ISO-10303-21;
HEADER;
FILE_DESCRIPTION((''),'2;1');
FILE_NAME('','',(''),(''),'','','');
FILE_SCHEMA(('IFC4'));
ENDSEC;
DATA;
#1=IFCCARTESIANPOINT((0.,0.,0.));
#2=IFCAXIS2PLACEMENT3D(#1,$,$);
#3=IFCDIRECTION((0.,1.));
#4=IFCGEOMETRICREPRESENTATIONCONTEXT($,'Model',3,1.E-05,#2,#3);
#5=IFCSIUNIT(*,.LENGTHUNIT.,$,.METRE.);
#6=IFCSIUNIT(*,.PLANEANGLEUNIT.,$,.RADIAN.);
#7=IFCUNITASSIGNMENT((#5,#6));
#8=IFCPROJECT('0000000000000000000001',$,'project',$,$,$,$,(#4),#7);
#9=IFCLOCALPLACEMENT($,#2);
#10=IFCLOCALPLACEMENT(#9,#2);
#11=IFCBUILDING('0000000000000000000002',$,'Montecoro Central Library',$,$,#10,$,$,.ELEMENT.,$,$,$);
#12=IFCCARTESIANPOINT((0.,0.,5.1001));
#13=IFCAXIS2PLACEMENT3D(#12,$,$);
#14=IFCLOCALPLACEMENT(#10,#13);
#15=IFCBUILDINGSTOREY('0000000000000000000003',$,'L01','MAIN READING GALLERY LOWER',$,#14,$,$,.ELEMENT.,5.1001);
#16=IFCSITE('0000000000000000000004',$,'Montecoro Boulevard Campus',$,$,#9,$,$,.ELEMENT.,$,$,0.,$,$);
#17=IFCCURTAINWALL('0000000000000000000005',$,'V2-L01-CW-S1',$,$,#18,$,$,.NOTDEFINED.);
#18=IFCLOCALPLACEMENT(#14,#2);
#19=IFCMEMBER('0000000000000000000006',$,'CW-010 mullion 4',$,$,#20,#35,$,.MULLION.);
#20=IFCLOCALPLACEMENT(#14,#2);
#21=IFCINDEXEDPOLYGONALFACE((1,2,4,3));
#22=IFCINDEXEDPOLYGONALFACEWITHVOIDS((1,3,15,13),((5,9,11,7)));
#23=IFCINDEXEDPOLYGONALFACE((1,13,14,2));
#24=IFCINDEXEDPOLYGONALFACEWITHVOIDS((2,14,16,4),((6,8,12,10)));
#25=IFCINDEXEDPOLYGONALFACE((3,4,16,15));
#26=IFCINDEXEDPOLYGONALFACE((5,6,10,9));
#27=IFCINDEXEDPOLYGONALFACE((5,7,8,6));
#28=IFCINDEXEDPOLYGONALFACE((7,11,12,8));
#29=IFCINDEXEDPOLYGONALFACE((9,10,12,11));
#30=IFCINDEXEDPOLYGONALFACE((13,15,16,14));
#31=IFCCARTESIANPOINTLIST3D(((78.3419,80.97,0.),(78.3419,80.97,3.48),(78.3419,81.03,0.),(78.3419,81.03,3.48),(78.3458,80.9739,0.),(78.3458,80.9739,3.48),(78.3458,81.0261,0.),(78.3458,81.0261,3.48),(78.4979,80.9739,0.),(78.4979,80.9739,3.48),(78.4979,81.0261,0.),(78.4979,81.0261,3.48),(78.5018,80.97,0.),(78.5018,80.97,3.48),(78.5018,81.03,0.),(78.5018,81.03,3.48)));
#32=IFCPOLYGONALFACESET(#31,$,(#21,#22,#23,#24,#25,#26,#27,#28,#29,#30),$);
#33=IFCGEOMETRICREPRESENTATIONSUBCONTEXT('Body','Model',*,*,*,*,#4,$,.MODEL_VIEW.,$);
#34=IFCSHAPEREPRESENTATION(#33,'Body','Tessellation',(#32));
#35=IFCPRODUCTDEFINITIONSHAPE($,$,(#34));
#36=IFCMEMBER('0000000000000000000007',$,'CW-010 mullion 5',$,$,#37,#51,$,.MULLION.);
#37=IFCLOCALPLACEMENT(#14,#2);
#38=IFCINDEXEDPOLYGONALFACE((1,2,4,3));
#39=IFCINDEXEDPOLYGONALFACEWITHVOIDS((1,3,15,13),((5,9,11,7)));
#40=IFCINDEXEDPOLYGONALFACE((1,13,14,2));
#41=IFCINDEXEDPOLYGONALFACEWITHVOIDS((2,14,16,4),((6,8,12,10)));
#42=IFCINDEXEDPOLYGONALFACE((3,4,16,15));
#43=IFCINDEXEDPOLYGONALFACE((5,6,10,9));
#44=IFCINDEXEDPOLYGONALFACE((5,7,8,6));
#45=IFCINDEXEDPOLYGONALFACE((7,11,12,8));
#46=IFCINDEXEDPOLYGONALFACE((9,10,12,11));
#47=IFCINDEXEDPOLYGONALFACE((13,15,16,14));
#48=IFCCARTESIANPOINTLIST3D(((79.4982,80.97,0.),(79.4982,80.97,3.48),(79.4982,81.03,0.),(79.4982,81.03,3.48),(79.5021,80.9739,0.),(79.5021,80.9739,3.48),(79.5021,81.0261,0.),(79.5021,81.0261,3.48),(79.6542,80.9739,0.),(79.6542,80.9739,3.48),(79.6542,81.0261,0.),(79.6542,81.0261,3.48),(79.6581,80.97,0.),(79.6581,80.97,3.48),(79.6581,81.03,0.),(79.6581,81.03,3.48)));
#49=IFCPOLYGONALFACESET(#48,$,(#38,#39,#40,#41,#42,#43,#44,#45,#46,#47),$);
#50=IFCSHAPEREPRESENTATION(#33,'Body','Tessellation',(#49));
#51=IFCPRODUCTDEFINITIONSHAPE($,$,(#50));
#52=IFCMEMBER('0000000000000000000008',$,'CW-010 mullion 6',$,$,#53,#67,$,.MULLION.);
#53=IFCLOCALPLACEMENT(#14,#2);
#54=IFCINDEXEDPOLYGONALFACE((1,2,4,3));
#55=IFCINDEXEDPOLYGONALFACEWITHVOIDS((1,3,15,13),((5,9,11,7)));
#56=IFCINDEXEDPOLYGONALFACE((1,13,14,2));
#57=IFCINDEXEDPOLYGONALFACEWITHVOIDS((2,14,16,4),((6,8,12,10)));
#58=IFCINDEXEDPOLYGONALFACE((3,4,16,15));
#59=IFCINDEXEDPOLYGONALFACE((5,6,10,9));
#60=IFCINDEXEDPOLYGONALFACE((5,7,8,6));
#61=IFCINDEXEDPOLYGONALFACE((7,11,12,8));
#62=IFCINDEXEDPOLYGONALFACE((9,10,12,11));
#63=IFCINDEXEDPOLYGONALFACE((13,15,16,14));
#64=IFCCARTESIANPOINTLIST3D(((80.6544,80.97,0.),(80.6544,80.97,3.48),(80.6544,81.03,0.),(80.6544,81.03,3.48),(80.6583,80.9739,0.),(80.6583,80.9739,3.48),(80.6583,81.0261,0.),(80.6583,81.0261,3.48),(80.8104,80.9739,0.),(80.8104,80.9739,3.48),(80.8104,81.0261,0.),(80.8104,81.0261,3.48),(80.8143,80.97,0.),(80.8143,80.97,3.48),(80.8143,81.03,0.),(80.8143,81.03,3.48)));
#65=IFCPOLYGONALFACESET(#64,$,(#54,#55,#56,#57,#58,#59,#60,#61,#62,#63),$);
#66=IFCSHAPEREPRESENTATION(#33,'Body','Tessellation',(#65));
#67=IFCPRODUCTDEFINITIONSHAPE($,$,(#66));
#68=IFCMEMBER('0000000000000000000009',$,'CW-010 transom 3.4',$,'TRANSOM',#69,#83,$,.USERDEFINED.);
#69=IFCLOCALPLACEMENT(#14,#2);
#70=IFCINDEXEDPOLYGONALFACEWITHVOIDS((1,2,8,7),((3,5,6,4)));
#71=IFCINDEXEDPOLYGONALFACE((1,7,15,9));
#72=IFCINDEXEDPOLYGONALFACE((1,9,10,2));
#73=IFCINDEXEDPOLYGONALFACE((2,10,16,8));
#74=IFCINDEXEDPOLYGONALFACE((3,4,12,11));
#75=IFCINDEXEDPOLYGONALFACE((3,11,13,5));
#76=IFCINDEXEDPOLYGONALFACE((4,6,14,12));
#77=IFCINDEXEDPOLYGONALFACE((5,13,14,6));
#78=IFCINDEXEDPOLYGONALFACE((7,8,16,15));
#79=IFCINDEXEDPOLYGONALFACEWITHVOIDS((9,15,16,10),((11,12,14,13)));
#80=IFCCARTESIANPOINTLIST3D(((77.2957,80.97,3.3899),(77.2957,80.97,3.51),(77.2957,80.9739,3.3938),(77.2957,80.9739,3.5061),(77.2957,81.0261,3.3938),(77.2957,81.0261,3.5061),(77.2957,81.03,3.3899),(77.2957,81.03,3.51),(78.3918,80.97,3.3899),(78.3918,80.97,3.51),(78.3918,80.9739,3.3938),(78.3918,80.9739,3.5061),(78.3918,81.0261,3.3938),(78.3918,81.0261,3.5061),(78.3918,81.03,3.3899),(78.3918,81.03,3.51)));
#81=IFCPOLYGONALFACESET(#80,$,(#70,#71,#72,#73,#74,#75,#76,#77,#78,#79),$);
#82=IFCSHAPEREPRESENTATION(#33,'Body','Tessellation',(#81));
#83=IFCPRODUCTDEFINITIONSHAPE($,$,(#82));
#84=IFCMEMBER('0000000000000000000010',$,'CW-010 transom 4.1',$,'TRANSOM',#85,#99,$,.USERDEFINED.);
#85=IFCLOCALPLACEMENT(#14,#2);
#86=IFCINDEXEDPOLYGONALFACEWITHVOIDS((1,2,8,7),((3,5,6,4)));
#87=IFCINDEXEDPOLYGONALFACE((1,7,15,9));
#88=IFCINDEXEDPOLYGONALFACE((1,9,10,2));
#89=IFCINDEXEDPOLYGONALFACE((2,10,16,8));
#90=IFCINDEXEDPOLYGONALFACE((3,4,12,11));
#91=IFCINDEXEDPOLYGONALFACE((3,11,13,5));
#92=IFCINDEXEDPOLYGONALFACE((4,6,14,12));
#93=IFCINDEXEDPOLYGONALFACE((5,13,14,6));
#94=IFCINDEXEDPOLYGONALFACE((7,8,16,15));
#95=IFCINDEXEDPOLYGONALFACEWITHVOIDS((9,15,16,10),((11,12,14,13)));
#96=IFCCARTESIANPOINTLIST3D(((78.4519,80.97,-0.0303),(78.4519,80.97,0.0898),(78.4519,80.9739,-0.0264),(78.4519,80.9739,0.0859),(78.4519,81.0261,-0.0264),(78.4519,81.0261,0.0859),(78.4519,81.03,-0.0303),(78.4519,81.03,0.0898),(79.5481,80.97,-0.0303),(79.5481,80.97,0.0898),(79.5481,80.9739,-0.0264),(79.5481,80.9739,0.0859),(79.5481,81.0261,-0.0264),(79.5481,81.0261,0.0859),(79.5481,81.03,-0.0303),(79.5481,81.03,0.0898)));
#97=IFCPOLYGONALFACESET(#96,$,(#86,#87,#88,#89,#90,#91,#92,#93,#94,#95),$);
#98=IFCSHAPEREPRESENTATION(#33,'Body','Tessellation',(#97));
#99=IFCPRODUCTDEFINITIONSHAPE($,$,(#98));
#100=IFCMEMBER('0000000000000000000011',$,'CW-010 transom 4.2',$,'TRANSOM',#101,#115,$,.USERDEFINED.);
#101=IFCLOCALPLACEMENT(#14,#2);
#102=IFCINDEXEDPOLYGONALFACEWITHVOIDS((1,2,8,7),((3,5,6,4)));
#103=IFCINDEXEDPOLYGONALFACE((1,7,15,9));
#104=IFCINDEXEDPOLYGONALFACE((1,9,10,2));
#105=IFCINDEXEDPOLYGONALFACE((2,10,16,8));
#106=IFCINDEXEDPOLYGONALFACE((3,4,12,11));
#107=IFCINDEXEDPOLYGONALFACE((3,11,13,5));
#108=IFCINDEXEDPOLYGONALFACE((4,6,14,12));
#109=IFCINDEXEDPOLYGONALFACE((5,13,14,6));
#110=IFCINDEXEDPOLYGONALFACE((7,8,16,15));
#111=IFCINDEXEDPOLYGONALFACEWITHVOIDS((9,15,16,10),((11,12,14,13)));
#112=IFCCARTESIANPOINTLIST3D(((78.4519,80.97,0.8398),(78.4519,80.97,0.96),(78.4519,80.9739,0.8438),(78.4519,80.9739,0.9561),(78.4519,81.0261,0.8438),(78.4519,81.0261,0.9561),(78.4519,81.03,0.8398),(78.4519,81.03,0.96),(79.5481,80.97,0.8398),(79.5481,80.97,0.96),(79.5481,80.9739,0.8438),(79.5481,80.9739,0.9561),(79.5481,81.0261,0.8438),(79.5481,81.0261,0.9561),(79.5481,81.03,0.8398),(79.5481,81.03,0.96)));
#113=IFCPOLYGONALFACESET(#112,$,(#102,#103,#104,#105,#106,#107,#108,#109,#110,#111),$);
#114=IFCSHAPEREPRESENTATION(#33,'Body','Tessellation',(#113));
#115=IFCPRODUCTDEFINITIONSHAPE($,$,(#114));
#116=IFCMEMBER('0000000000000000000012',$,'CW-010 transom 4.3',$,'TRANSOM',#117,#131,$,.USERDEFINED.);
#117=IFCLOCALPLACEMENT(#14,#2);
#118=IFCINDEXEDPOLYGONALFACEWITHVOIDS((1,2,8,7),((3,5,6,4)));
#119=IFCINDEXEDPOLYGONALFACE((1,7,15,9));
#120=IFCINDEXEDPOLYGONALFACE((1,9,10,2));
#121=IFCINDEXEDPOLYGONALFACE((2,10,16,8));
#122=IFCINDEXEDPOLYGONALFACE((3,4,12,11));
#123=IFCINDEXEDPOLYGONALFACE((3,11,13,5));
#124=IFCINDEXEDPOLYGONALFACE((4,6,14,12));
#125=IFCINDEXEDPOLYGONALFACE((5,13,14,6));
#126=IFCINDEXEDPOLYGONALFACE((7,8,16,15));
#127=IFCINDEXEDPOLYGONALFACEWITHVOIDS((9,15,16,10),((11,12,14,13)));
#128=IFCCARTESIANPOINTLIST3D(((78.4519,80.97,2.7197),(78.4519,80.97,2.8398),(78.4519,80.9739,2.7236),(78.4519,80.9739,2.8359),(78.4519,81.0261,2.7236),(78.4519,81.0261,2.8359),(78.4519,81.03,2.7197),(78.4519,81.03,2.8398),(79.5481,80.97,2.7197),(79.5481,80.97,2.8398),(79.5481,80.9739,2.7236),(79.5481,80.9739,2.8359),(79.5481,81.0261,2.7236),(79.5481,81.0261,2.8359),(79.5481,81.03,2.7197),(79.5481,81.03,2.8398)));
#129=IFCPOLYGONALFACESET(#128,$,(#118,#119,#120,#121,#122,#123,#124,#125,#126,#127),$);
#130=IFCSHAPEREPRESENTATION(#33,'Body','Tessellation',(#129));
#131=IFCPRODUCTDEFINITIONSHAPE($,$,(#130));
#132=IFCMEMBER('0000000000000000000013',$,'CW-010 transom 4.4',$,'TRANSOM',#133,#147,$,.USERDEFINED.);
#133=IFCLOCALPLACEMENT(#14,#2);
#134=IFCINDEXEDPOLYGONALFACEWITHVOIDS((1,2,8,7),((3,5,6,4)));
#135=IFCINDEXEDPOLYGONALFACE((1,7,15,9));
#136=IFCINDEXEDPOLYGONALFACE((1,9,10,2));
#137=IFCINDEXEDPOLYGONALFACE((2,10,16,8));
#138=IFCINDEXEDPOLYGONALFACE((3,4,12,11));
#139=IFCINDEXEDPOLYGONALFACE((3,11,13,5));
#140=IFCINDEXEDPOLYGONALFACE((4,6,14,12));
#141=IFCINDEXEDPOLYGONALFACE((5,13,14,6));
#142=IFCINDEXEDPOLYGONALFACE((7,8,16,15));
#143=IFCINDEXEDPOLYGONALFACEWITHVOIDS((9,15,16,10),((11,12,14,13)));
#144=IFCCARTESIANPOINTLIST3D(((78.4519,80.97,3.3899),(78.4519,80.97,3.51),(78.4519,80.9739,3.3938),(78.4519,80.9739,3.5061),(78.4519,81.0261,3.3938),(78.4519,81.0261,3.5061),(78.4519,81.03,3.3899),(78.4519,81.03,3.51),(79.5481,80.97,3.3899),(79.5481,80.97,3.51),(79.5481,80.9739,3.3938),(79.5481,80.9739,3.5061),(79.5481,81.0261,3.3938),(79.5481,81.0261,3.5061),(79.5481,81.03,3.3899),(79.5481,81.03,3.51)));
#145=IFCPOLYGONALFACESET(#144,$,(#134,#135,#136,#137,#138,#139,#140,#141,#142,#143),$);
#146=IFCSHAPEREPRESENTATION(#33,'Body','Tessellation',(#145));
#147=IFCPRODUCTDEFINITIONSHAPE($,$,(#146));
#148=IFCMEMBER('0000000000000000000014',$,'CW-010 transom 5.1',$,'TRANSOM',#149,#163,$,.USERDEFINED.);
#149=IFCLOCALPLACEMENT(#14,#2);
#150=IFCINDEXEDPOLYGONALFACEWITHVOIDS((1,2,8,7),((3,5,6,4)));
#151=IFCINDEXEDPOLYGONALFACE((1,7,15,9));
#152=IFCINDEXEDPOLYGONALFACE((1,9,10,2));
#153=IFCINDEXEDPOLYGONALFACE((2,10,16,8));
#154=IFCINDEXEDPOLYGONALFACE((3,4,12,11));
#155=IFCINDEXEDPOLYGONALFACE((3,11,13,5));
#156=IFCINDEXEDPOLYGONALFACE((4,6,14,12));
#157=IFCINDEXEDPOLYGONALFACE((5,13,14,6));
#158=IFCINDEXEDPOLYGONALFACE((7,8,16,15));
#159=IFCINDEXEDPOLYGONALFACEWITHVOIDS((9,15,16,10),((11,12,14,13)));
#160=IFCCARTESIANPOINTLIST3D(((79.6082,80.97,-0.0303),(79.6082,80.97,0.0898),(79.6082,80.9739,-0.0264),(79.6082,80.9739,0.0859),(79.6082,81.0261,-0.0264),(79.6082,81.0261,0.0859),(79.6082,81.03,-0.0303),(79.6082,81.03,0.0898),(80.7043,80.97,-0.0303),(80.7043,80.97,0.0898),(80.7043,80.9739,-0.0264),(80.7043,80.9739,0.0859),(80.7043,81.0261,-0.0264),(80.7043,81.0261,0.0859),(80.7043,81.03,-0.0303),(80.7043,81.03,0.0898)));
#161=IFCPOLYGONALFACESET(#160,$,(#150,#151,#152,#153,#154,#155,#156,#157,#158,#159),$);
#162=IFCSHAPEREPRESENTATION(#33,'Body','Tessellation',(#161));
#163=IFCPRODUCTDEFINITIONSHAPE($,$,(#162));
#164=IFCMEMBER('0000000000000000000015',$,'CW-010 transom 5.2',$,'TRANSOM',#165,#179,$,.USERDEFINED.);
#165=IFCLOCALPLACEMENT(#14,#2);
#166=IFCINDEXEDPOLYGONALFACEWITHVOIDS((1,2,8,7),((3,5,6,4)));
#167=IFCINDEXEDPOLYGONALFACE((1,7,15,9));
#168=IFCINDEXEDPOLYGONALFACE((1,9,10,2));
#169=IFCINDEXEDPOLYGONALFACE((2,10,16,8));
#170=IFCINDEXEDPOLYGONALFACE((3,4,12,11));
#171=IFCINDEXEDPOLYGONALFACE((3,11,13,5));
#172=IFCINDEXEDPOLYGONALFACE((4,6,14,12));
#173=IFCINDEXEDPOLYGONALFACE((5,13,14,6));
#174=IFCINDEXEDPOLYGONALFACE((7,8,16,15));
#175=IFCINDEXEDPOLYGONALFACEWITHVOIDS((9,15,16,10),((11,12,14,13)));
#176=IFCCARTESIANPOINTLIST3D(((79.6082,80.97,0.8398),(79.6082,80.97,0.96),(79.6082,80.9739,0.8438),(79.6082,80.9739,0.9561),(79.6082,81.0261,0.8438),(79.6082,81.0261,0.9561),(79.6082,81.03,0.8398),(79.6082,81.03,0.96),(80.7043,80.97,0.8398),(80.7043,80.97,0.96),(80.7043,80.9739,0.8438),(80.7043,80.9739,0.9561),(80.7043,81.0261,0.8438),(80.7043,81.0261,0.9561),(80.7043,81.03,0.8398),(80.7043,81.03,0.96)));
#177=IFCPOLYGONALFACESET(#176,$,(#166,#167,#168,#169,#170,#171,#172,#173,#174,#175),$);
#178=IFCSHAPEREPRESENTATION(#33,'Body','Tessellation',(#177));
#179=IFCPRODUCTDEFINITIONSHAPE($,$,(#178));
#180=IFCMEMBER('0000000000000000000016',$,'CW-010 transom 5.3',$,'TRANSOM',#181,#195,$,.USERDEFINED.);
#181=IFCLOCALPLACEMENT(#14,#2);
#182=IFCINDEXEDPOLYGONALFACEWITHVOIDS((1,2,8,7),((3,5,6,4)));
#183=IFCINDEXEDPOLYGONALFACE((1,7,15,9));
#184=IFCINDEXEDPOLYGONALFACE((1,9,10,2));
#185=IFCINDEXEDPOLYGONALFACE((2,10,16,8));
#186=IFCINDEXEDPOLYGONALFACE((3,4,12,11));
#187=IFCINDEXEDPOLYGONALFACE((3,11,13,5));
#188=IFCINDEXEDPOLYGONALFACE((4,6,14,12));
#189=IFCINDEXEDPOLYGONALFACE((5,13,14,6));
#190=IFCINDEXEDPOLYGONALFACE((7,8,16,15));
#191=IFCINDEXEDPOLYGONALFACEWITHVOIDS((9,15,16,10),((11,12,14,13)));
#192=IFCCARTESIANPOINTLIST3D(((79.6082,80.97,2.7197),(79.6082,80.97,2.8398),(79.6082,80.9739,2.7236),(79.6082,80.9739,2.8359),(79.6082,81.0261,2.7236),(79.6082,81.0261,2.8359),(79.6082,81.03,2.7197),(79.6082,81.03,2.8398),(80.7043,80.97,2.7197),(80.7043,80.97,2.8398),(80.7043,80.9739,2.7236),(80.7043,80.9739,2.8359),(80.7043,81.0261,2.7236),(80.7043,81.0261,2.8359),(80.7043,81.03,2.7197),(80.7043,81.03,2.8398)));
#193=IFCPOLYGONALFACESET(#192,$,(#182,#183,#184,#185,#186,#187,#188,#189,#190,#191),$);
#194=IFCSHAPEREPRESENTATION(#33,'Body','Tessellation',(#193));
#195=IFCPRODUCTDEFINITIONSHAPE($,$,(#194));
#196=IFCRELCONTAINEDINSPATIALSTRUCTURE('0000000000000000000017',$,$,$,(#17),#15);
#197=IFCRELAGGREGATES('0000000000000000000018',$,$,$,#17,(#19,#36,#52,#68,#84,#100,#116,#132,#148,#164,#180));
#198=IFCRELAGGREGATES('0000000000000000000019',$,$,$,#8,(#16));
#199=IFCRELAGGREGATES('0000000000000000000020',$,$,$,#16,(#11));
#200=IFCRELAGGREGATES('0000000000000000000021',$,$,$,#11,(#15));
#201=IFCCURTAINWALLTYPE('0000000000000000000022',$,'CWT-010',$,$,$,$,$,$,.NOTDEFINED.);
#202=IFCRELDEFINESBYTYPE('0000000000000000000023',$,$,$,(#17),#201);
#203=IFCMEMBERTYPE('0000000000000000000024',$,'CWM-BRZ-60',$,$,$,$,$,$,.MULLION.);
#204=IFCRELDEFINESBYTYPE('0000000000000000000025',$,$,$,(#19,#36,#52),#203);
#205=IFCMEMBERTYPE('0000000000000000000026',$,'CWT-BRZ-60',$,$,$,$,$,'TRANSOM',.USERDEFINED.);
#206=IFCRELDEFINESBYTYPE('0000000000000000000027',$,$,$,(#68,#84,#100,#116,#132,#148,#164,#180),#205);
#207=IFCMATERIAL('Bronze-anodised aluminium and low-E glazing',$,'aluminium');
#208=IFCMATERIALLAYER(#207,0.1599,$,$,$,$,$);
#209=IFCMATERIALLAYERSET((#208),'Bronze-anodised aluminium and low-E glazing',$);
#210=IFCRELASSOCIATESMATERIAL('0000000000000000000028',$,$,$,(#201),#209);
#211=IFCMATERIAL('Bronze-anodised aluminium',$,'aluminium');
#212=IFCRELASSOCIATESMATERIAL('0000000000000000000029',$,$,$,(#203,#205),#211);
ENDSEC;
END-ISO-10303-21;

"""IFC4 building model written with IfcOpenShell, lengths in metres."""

from ifc_helpers import new_model, si_unit, direction, frame, origin, origin_2d, place, context, subcontext, project, spatial, hollow_rectangle, extrude, material, layer, layer_set, material_profile, profile_set, type_object, element, aggregate, save


model = new_model("IFC4")

# Units and contexts
model_context = context("Model", 3, precision=1e-05, world=origin(), true_north=direction((0.0, 1.0)))
body_context = subcontext(model_context, "Body", "Model", "MODEL_VIEW")
ifc_project = project(units=[si_unit("LENGTHUNIT", "METRE"), si_unit("PLANEANGLEUNIT", "RADIAN")], contexts=[model_context])

# Site, building, storey
site_placement = place(None, origin())
site = spatial("IfcSite", under=ifc_project, at=site_placement, Name="Montecoro Boulevard Campus", CompositionType="ELEMENT", RefElevation=0.0)
building_placement = place(site_placement, origin())
building = spatial("IfcBuilding", under=site, at=building_placement, Name="Montecoro Central Library", CompositionType="ELEMENT")
storey_placement = place(building_placement, frame((0.0, 0.0, 5.1001)))
storey = spatial("IfcBuildingStorey", under=building, at=storey_placement, Name="L01", Description="MAIN READING GALLERY LOWER", CompositionType="ELEMENT", Elevation=5.1001)

# Curtain wall, members
ifc_material_1 = material(Name="Bronze-anodised aluminium and low-E glazing", Category="aluminium")
ifc_layer_1 = layer(ifc_material_1, 0.1599)
ifc_layer_set_1 = layer_set([ifc_layer_1], Name="Bronze-anodised aluminium and low-E glazing")
curtain_wall_type = type_object("IfcCurtainWallType", Name="CWT-010", PredefinedType="NOTDEFINED", material=ifc_layer_set_1)
curtain_wall_placement = place(storey_placement, origin())
curtain_wall = element("IfcCurtainWall", 1, at=curtain_wall_placement, inside=storey, type_object=curtain_wall_type, Name="V2-L01-CW-S1", PredefinedType="NOTDEFINED")
ifc_material_2 = material(Name="Bronze-anodised aluminium", Category="aluminium")
ifc_material_profile_1 = material_profile(ifc_material_2, hollow_rectangle(XDim=0.0601, YDim=0.1599, WallThickness=0.0039, at=origin_2d()), Name="CWM 160x60x4.0")
ifc_profile_set_1 = profile_set([ifc_material_profile_1], Name="Bronze-anodised aluminium")
member_type_1 = type_object("IfcMemberType", Name="CWM-BRZ-60", PredefinedType="MULLION", material=ifc_profile_set_1)
member_1_placement = place(storey_placement, frame((78.4219, 81.0, 0.0), z_axis=(0.0, 0.0, 1.0), x_axis=(0.0, 1.0, 0.0)))
member_1 = element("IfcMember", 2, at=member_1_placement, type_object=member_type_1, Name="CW-010 mullion 4", PredefinedType="MULLION", context=body_context, shape_type="SweptSolid", body=[
    extrude(hollow_rectangle(XDim=0.0601, YDim=0.1599, WallThickness=0.0039, at=origin_2d()), origin(), (0.0, 0.0, 1.0), 3.48),
])
member_2_placement = place(storey_placement, frame((79.5781, 81.0, 0.0), z_axis=(0.0, 0.0, 1.0), x_axis=(0.0, 1.0, 0.0)))
member_2 = element("IfcMember", 3, at=member_2_placement, type_object=member_type_1, Name="CW-010 mullion 5", PredefinedType="MULLION", context=body_context, shape_type="SweptSolid", body=[
    extrude(hollow_rectangle(XDim=0.0601, YDim=0.1599, WallThickness=0.0039, at=origin_2d()), origin(), (0.0, 0.0, 1.0), 3.48),
])
member_3_placement = place(storey_placement, frame((80.7344, 81.0, 0.0), z_axis=(0.0, 0.0, 1.0), x_axis=(0.0, 1.0, 0.0)))
member_3 = element("IfcMember", 4, at=member_3_placement, type_object=member_type_1, Name="CW-010 mullion 6", PredefinedType="MULLION", context=body_context, shape_type="SweptSolid", body=[
    extrude(hollow_rectangle(XDim=0.0601, YDim=0.1599, WallThickness=0.0039, at=origin_2d()), origin(), (0.0, 0.0, 1.0), 3.48),
])
ifc_material_profile_2 = material_profile(ifc_material_2, hollow_rectangle(XDim=0.0601, YDim=0.1201, WallThickness=0.0039, at=origin_2d()), Name="CWT 120x60x4.0")
ifc_profile_set_2 = profile_set([ifc_material_profile_2], Name="Bronze-anodised aluminium")
member_type_2 = type_object("IfcMemberType", Name="CWT-BRZ-60", ElementType="TRANSOM", PredefinedType="USERDEFINED", material=ifc_profile_set_2)
member_4_placement = place(storey_placement, frame((77.2957, 81.0, 3.45), z_axis=(1.0, 0.0, 0.0), x_axis=(0.0, 1.0, 0.0)))
member_4 = element("IfcMember", 5, at=member_4_placement, type_object=member_type_2, Name="CW-010 transom 3.4", ObjectType="TRANSOM", PredefinedType="USERDEFINED", context=body_context, shape_type="SweptSolid", body=[
    extrude(hollow_rectangle(XDim=0.0601, YDim=0.1201, WallThickness=0.0039, at=origin_2d()), origin(), (0.0, 0.0, 1.0), 1.0962),
])
member_5_placement = place(storey_placement, frame((78.4519, 81.0, 0.0298), z_axis=(1.0, 0.0, 0.0), x_axis=(0.0, 1.0, 0.0)))
member_5 = element("IfcMember", 6, at=member_5_placement, type_object=member_type_2, Name="CW-010 transom 4.1", ObjectType="TRANSOM", PredefinedType="USERDEFINED", context=body_context, shape_type="SweptSolid", body=[
    extrude(hollow_rectangle(XDim=0.0601, YDim=0.1201, WallThickness=0.0039, at=origin_2d()), origin(), (0.0, 0.0, 1.0), 1.0962),
])
member_6_placement = place(storey_placement, frame((78.4519, 81.0, 0.8999), z_axis=(1.0, 0.0, 0.0), x_axis=(0.0, 1.0, 0.0)))
member_6 = element("IfcMember", 7, at=member_6_placement, type_object=member_type_2, Name="CW-010 transom 4.2", ObjectType="TRANSOM", PredefinedType="USERDEFINED", context=body_context, shape_type="SweptSolid", body=[
    extrude(hollow_rectangle(XDim=0.0601, YDim=0.1201, WallThickness=0.0039, at=origin_2d()), origin(), (0.0, 0.0, 1.0), 1.0962),
])
member_7_placement = place(storey_placement, frame((78.4519, 81.0, 2.7798), z_axis=(1.0, 0.0, 0.0), x_axis=(0.0, 1.0, 0.0)))
member_7 = element("IfcMember", 8, at=member_7_placement, type_object=member_type_2, Name="CW-010 transom 4.3", ObjectType="TRANSOM", PredefinedType="USERDEFINED", context=body_context, shape_type="SweptSolid", body=[
    extrude(hollow_rectangle(XDim=0.0601, YDim=0.1201, WallThickness=0.0039, at=origin_2d()), origin(), (0.0, 0.0, 1.0), 1.0962),
])
member_8_placement = place(storey_placement, frame((78.4519, 81.0, 3.45), z_axis=(1.0, 0.0, 0.0), x_axis=(0.0, 1.0, 0.0)))
member_8 = element("IfcMember", 9, at=member_8_placement, type_object=member_type_2, Name="CW-010 transom 4.4", ObjectType="TRANSOM", PredefinedType="USERDEFINED", context=body_context, shape_type="SweptSolid", body=[
    extrude(hollow_rectangle(XDim=0.0601, YDim=0.1201, WallThickness=0.0039, at=origin_2d()), origin(), (0.0, 0.0, 1.0), 1.0962),
])
member_9_placement = place(storey_placement, frame((79.6082, 81.0, 0.0298), z_axis=(1.0, 0.0, 0.0), x_axis=(0.0, 1.0, 0.0)))
member_9 = element("IfcMember", 10, at=member_9_placement, type_object=member_type_2, Name="CW-010 transom 5.1", ObjectType="TRANSOM", PredefinedType="USERDEFINED", context=body_context, shape_type="SweptSolid", body=[
    extrude(hollow_rectangle(XDim=0.0601, YDim=0.1201, WallThickness=0.0039, at=origin_2d()), origin(), (0.0, 0.0, 1.0), 1.0962),
])
member_10_placement = place(storey_placement, frame((79.6082, 81.0, 0.8999), z_axis=(1.0, 0.0, 0.0), x_axis=(0.0, 1.0, 0.0)))
member_10 = element("IfcMember", 11, at=member_10_placement, type_object=member_type_2, Name="CW-010 transom 5.2", ObjectType="TRANSOM", PredefinedType="USERDEFINED", context=body_context, shape_type="SweptSolid", body=[
    extrude(hollow_rectangle(XDim=0.0601, YDim=0.1201, WallThickness=0.0039, at=origin_2d()), origin(), (0.0, 0.0, 1.0), 1.0962),
])
member_11_placement = place(storey_placement, frame((79.6082, 81.0, 2.7798), z_axis=(1.0, 0.0, 0.0), x_axis=(0.0, 1.0, 0.0)))
member_11 = element("IfcMember", 12, at=member_11_placement, type_object=member_type_2, Name="CW-010 transom 5.3", ObjectType="TRANSOM", PredefinedType="USERDEFINED", context=body_context, shape_type="SweptSolid", body=[
    extrude(hollow_rectangle(XDim=0.0601, YDim=0.1201, WallThickness=0.0039, at=origin_2d()), origin(), (0.0, 0.0, 1.0), 1.0962),
])
aggregate(curtain_wall, [member_1, member_2, member_3, member_4, member_5, member_6, member_7, member_8, member_9, member_10, member_11])

save(model, "model.ifc")
